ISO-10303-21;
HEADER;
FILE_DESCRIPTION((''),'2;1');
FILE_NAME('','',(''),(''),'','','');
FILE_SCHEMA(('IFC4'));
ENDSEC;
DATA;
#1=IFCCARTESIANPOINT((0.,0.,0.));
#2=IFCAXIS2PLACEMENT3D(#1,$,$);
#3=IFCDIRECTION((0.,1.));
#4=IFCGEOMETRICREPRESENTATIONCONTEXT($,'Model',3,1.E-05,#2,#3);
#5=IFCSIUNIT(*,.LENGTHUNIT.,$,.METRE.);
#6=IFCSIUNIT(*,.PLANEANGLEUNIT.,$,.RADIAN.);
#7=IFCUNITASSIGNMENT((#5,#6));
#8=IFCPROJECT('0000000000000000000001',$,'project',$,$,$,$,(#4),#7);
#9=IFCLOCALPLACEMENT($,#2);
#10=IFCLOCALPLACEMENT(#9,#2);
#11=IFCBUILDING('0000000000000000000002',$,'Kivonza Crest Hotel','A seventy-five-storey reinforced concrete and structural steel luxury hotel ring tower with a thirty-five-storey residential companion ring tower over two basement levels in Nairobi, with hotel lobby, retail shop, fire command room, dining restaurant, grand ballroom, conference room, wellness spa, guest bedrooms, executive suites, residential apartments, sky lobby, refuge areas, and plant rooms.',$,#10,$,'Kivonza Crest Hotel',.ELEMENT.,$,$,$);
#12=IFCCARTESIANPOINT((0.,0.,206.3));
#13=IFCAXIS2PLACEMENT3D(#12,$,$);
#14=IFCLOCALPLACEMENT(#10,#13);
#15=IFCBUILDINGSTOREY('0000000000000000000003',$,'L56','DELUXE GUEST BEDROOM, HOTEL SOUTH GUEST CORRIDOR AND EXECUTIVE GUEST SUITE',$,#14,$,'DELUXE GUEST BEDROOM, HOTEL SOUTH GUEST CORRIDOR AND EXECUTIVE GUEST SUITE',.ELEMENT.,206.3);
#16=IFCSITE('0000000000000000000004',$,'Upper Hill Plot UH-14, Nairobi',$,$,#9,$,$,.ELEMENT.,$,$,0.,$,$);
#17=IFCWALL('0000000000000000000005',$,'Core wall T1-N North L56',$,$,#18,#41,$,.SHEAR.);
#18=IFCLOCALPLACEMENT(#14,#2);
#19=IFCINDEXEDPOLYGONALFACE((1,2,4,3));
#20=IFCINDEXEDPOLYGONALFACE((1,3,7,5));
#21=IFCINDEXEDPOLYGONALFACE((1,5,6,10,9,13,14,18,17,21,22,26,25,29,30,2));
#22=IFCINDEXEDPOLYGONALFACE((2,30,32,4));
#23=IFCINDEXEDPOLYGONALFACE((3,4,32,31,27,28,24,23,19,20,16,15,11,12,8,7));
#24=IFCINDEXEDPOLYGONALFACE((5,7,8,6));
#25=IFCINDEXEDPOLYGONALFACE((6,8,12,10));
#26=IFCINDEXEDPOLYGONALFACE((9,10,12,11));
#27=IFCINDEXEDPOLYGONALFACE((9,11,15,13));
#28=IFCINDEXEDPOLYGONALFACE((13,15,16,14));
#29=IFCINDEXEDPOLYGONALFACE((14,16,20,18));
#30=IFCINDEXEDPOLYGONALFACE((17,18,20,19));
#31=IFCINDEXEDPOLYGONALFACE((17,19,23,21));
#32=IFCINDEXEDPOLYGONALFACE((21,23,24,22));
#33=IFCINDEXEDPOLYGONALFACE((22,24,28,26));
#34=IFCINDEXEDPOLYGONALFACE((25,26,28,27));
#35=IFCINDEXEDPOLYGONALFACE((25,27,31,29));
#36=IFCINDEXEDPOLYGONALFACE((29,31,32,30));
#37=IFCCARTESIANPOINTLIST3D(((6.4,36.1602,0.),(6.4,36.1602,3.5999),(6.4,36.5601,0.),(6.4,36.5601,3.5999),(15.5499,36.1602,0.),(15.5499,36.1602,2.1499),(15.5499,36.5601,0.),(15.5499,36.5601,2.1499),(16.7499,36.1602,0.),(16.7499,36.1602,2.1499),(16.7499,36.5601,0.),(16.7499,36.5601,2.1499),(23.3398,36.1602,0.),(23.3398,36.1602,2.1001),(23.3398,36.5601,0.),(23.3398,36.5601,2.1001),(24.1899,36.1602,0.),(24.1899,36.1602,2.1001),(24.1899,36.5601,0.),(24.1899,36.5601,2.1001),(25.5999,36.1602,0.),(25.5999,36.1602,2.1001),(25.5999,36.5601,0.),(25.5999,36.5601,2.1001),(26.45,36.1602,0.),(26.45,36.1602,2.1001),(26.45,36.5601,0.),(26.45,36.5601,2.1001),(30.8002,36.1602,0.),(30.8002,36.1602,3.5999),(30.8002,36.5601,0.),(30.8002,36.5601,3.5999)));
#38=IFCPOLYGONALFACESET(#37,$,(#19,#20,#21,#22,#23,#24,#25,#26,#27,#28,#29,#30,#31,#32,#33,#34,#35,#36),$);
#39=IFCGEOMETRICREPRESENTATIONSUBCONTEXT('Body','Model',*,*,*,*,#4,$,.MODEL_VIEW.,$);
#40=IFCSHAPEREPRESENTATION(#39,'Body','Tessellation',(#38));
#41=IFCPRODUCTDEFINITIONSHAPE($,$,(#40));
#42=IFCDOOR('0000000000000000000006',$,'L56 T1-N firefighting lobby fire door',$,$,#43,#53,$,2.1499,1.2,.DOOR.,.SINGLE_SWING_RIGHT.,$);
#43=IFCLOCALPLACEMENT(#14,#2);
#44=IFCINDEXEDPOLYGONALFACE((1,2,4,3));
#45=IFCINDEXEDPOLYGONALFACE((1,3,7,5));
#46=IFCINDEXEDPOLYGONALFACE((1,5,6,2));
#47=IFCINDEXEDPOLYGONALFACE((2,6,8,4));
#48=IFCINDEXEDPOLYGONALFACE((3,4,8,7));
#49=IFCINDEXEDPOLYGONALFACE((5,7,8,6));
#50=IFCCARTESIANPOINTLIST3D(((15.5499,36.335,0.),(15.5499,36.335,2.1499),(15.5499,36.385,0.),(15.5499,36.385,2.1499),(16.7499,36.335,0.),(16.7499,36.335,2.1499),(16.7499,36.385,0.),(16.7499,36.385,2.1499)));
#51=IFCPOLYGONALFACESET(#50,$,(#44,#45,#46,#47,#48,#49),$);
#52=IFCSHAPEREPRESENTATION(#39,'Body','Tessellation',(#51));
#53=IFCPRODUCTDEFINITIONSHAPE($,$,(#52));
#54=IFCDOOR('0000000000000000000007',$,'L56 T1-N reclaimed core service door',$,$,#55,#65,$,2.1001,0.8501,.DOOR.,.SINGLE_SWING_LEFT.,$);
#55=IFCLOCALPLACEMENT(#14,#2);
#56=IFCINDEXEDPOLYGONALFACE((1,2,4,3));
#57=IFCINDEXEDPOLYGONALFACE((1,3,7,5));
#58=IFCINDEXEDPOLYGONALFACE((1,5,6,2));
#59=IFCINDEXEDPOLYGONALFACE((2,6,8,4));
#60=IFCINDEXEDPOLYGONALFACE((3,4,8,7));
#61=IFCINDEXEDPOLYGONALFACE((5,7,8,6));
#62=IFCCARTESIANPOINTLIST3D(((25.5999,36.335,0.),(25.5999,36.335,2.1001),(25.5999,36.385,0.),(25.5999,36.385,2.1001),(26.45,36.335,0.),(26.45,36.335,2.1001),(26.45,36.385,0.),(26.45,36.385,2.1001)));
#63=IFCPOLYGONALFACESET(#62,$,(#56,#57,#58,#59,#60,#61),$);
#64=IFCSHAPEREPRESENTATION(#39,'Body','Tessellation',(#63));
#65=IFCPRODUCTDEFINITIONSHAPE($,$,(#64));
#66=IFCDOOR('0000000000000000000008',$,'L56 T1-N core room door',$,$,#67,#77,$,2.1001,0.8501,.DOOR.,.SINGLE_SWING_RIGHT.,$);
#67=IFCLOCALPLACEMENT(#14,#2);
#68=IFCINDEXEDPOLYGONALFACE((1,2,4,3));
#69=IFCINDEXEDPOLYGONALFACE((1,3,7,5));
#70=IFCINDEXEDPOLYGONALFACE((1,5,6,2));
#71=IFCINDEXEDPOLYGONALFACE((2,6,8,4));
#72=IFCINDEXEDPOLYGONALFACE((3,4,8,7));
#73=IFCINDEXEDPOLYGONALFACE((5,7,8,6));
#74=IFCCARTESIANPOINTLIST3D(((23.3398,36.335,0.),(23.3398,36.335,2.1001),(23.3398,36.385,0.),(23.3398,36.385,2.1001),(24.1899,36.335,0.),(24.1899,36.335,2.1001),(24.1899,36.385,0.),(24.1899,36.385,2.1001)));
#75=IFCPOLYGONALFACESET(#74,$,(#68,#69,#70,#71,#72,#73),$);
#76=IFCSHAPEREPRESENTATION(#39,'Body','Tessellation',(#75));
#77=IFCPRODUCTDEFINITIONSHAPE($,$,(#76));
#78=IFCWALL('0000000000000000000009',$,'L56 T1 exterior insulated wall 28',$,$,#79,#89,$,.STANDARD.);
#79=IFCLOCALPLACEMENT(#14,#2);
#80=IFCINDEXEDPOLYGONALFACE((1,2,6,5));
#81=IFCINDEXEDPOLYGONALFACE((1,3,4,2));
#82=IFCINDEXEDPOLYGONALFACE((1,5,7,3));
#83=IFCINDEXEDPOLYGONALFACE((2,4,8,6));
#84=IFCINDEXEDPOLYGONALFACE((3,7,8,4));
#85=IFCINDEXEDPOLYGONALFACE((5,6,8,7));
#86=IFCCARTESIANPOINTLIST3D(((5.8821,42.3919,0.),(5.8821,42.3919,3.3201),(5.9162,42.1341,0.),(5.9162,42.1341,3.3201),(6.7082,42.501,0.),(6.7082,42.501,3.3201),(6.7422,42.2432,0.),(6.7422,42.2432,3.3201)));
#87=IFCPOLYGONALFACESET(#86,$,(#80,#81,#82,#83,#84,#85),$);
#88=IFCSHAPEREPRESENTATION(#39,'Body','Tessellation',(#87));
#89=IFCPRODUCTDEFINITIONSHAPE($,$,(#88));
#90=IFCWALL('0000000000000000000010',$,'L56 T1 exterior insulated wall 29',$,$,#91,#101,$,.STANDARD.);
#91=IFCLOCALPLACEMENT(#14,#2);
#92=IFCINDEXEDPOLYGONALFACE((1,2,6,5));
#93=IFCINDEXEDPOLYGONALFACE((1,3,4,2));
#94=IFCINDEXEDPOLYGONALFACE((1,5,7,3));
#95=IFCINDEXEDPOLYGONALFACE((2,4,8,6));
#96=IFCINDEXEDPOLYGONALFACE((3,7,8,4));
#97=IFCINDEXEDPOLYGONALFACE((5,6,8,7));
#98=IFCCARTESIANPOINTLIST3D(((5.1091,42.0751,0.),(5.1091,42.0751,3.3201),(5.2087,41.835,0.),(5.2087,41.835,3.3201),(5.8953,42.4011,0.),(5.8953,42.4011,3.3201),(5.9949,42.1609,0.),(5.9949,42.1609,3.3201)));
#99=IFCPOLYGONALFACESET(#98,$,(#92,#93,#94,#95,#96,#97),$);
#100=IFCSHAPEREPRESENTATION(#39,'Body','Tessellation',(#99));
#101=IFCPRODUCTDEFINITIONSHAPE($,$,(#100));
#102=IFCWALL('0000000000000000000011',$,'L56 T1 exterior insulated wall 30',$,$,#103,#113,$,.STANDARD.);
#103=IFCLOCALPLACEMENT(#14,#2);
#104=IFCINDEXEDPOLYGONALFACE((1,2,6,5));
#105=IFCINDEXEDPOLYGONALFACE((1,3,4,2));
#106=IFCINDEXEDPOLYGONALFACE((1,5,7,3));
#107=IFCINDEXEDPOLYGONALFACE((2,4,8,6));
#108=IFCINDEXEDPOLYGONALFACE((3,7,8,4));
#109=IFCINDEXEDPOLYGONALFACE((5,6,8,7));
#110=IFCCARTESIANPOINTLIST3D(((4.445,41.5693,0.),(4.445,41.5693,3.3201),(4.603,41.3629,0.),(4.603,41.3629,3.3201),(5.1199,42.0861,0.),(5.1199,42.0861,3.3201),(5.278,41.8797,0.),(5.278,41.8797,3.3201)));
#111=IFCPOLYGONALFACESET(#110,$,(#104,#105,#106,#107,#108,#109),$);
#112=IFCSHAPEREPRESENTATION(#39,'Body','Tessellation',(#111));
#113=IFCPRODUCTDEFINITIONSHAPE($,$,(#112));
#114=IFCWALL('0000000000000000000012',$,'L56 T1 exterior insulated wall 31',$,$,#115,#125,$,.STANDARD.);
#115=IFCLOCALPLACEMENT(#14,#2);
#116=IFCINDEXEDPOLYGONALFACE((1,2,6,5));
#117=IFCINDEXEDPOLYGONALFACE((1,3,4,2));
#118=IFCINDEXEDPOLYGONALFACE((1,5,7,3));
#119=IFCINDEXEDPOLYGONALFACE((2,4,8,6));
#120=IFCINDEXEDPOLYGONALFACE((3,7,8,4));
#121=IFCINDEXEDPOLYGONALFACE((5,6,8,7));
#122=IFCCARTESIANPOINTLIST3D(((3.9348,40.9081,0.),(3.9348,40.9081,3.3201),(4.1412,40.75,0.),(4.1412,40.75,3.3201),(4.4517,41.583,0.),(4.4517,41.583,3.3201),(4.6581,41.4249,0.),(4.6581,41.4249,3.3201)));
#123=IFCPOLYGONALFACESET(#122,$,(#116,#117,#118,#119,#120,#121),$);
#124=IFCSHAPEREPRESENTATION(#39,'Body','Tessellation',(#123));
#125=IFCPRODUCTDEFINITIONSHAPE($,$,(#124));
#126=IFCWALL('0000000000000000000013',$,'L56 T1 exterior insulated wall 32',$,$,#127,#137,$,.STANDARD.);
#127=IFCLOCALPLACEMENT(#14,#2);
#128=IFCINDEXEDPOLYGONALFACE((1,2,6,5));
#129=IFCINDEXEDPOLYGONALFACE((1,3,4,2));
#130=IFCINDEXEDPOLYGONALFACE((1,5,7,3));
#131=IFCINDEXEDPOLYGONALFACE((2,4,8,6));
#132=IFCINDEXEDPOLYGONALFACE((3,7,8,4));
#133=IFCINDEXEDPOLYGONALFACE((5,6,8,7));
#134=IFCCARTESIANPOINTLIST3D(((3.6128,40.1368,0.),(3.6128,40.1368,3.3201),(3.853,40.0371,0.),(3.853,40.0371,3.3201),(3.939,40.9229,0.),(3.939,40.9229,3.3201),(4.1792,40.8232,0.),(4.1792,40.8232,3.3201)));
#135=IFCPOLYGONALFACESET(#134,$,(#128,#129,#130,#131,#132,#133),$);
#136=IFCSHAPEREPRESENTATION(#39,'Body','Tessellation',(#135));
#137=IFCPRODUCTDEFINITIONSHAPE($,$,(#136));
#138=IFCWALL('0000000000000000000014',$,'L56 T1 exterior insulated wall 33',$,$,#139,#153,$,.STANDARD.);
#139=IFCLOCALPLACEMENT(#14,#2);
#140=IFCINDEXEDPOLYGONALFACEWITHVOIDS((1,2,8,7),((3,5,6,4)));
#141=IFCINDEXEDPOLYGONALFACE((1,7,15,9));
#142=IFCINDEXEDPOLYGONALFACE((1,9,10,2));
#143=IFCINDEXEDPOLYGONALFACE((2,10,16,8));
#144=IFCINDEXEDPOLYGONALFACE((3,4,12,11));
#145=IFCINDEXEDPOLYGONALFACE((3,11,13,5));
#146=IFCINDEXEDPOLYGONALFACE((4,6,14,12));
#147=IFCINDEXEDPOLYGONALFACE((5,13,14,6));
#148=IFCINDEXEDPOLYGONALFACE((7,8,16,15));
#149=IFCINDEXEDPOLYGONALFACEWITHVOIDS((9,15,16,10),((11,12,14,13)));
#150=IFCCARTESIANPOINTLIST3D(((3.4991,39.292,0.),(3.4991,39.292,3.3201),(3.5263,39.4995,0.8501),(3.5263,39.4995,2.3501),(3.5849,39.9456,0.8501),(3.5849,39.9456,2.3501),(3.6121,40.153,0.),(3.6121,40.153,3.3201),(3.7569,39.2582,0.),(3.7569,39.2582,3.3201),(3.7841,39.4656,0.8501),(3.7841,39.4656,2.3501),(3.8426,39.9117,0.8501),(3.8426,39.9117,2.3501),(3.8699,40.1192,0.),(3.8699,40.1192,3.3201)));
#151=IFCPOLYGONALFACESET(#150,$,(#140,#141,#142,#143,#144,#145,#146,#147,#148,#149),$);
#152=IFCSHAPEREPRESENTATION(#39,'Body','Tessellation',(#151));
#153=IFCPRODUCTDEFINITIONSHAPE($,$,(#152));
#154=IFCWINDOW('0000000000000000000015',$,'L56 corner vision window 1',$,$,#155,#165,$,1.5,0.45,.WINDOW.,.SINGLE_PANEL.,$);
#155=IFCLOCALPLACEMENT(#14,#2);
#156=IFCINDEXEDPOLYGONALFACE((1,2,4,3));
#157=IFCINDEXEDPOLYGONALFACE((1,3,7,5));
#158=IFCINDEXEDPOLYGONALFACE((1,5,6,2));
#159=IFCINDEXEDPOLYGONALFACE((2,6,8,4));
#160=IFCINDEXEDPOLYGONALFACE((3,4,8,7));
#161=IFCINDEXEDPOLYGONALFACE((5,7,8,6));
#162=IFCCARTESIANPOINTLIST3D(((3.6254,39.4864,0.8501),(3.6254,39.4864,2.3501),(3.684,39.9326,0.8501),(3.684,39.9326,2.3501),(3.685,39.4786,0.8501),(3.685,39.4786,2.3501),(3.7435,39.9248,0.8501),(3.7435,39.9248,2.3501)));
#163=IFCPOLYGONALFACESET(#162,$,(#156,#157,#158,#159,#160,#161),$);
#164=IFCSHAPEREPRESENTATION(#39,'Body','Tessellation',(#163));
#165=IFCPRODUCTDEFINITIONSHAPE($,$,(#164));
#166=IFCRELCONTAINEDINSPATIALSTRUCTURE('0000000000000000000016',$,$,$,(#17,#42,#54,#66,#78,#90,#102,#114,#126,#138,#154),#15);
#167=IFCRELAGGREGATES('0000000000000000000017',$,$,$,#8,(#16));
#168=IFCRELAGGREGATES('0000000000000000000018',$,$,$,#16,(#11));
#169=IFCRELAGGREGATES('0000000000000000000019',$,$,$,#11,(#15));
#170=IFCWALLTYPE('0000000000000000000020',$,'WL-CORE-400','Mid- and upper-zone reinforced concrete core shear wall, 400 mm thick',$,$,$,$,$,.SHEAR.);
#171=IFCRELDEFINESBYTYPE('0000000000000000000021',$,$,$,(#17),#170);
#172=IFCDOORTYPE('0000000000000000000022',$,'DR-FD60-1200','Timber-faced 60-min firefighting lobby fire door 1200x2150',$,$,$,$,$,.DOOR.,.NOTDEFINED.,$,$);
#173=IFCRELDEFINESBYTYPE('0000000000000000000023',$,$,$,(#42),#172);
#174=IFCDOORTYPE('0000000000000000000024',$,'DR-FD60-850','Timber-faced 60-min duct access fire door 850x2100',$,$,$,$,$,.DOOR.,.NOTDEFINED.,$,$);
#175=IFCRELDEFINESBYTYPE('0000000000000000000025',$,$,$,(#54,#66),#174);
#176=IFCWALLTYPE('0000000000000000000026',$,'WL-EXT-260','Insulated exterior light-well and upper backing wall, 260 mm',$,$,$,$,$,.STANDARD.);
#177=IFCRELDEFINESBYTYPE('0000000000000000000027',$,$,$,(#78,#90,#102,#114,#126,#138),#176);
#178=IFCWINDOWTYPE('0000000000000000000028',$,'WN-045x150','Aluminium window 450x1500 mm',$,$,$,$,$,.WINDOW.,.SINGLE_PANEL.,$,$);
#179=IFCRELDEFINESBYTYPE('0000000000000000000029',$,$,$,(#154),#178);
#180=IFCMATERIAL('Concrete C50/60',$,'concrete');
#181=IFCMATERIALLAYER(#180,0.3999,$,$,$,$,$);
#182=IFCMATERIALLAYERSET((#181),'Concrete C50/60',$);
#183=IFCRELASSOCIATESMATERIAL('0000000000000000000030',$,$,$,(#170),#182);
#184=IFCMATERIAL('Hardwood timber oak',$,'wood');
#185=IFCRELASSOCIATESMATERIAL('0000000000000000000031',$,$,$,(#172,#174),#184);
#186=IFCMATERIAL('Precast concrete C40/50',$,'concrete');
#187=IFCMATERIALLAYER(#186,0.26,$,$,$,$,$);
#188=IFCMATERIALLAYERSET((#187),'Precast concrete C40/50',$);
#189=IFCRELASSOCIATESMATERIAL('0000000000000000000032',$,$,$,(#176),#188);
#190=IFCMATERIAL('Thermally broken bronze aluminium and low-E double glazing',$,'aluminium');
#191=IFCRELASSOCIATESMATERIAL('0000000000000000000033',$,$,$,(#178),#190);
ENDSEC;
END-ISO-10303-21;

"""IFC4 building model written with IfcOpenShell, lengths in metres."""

from ifc_helpers import new_model, si_unit, direction, frame, frame_2d, origin, place, context, subcontext, project, spatial, rectangle, extrude, material, layer, layer_set, type_object, element, fill, save


model = new_model("IFC4")

# Units and contexts
model_context = context("Model", 3, precision=1e-05, world=origin(), true_north=direction((0.0, 1.0)))
body_context = subcontext(model_context, "Body", "Model", "MODEL_VIEW")
ifc_project = project(units=[si_unit("LENGTHUNIT", "METRE"), si_unit("PLANEANGLEUNIT", "RADIAN")], contexts=[model_context])

# Site, building, storey
site_placement = place(None, origin())
site = spatial("IfcSite", under=ifc_project, at=site_placement, Name="Upper Hill Plot UH-14, Nairobi", CompositionType="ELEMENT", RefElevation=0.0)
building_placement = place(site_placement, origin())
building = spatial("IfcBuilding", under=site, at=building_placement, Name="Kivonza Crest Hotel", Description="A seventy-five-storey reinforced concrete and structural steel luxury hotel ring tower with a thirty-five-storey residential companion ring tower over two basement levels in Nairobi, with hotel lobby, retail shop, fire command room, dining restaurant, grand ballroom, conference room, wellness spa, guest bedrooms, executive suites, residential apartments, sky lobby, refuge areas, and plant rooms.", LongName="Kivonza Crest Hotel", CompositionType="ELEMENT")
storey_placement = place(building_placement, frame((0.0, 0.0, 206.3)))
storey = spatial("IfcBuildingStorey", under=building, at=storey_placement, Name="L56", Description="DELUXE GUEST BEDROOM, HOTEL SOUTH GUEST CORRIDOR AND EXECUTIVE GUEST SUITE", LongName="DELUXE GUEST BEDROOM, HOTEL SOUTH GUEST CORRIDOR AND EXECUTIVE GUEST SUITE", CompositionType="ELEMENT", Elevation=206.3)

# Shared definitions
ifc_material_1 = material(Name="Concrete C50/60", Category="concrete")

# Shared definitions
ifc_material_2 = material(Name="Hardwood timber oak", Category="wood")

# Wall, openings, doors
ifc_layer_1 = layer(ifc_material_1, 0.3999)
ifc_layer_set_1 = layer_set([ifc_layer_1], Name="Concrete C50/60")
wall_type_1 = type_object("IfcWallType", Name="WL-CORE-400", Description="Mid- and upper-zone reinforced concrete core shear wall, 400 mm thick", PredefinedType="SHEAR", material=ifc_layer_set_1)
wall_1_placement = place(storey_placement, frame((6.3999, 36.3601, 0.0), z_axis=(0.0, 0.0, 1.0), x_axis=(1.0, 0.0, 0.0)))
wall_1 = element("IfcWall", 1, at=wall_1_placement, inside=storey, type_object=wall_type_1, Name="Core wall T1-N North L56", PredefinedType="SHEAR", context=body_context, shape_type="SweptSolid", body=[
    extrude(rectangle(XDim=24.4001, YDim=0.3999, at=frame_2d((12.2002, 0.0))), origin(), (0.0, 0.0, 1.0), 3.5999),
])
opening_1_placement = place(wall_1_placement, frame((9.1499, 0.0, 0.0)))
opening_1 = element("IfcOpeningElement", 2, at=opening_1_placement, cuts=wall_1, PredefinedType="OPENING", context=body_context, shape_type="SweptSolid", body=[
    extrude(rectangle(XDim=1.2, YDim=2.1499, at=frame_2d((0.6001, 1.075))), frame((0.0, 0.21, 0.0), z_axis=(0.0, -1.0, 0.0), x_axis=(1.0, 0.0, 0.0)), (0.0, 0.0, 1.0), 0.4199),
])
opening_2_placement = place(wall_1_placement, frame((19.2, 0.0, 0.0)))
opening_2 = element("IfcOpeningElement", 3, at=opening_2_placement, cuts=wall_1, PredefinedType="OPENING", context=body_context, shape_type="SweptSolid", body=[
    extrude(rectangle(XDim=0.8501, YDim=2.1001, at=frame_2d((0.425, 1.05))), frame((0.0, 0.21, 0.0), z_axis=(0.0, -1.0, 0.0), x_axis=(1.0, 0.0, 0.0)), (0.0, 0.0, 1.0), 0.4199),
])
opening_3_placement = place(wall_1_placement, frame((16.9399, 0.0, 0.0)))
opening_3 = element("IfcOpeningElement", 4, at=opening_3_placement, cuts=wall_1, PredefinedType="OPENING", context=body_context, shape_type="SweptSolid", body=[
    extrude(rectangle(XDim=0.8501, YDim=2.1001, at=frame_2d((0.425, 1.05))), frame((0.0, 0.21, 0.0), z_axis=(0.0, -1.0, 0.0), x_axis=(1.0, 0.0, 0.0)), (0.0, 0.0, 1.0), 0.4199),
])
door_type_1 = type_object("IfcDoorType", Name="DR-FD60-1200", Description="Timber-faced 60-min firefighting lobby fire door 1200x2150", OperationType="NOTDEFINED", PredefinedType="DOOR", material=ifc_material_2)
door_1_placement = place(opening_1_placement, origin())
door_1 = element("IfcDoor", 5, at=door_1_placement, inside=storey, type_object=door_type_1, Name="L56 T1-N firefighting lobby fire door", OperationType="SINGLE_SWING_RIGHT", OverallHeight=2.1499, OverallWidth=1.2, PredefinedType="DOOR", context=body_context, shape_type="SweptSolid", body=[
    extrude(rectangle(XDim=1.2, YDim=2.1499, at=frame_2d((0.6001, 1.075))), frame((0.0, 0.0249, 0.0), z_axis=(0.0, -1.0, 0.0), x_axis=(1.0, 0.0, 0.0)), (0.0, 0.0, 1.0), 0.05),
])
fill(opening_1, door_1)
door_type_2 = type_object("IfcDoorType", Name="DR-FD60-850", Description="Timber-faced 60-min duct access fire door 850x2100", OperationType="NOTDEFINED", PredefinedType="DOOR", material=ifc_material_2)
door_2_placement = place(opening_2_placement, origin())
door_2 = element("IfcDoor", 6, at=door_2_placement, inside=storey, type_object=door_type_2, Name="L56 T1-N reclaimed core service door", OperationType="SINGLE_SWING_LEFT", OverallHeight=2.1001, OverallWidth=0.8501, PredefinedType="DOOR", context=body_context, shape_type="SweptSolid", body=[
    extrude(rectangle(XDim=0.8501, YDim=2.1001, at=frame_2d((0.425, 1.05))), frame((0.0, 0.0249, 0.0), z_axis=(0.0, -1.0, 0.0), x_axis=(1.0, 0.0, 0.0)), (0.0, 0.0, 1.0), 0.05),
])
fill(opening_2, door_2)
door_3_placement = place(opening_3_placement, origin())
door_3 = element("IfcDoor", 7, at=door_3_placement, inside=storey, type_object=door_type_2, Name="L56 T1-N core room door", OperationType="SINGLE_SWING_RIGHT", OverallHeight=2.1001, OverallWidth=0.8501, PredefinedType="DOOR", context=body_context, shape_type="SweptSolid", body=[
    extrude(rectangle(XDim=0.8501, YDim=2.1001, at=frame_2d((0.425, 1.05))), frame((0.0, 0.0249, 0.0), z_axis=(0.0, -1.0, 0.0), x_axis=(1.0, 0.0, 0.0)), (0.0, 0.0, 1.0), 0.05),
])
fill(opening_3, door_3)

# Walls
ifc_material_3 = material(Name="Precast concrete C40/50", Category="concrete")
ifc_layer_2 = layer(ifc_material_3, 0.26)
ifc_layer_set_2 = layer_set([ifc_layer_2], Name="Precast concrete C40/50")
wall_type_2 = type_object("IfcWallType", Name="WL-EXT-260", Description="Insulated exterior light-well and upper backing wall, 260 mm", PredefinedType="STANDARD", material=ifc_layer_set_2)
wall_2_placement = place(storey_placement, frame((6.7251, 42.3721, 0.0), z_axis=(0.0, 0.0, 1.0), x_axis=(-0.991388, -0.130955, 0.0)))
element("IfcWall", 8, at=wall_2_placement, inside=storey, type_object=wall_type_2, Name="L56 T1 exterior insulated wall 28", PredefinedType="STANDARD", context=body_context, shape_type="SweptSolid", body=[
    extrude(rectangle(XDim=0.8333, YDim=0.26, at=frame_2d((0.4165, 0.0))), origin(), (0.0, 0.0, 1.0), 3.3201),
])
wall_3_placement = place(storey_placement, frame((5.9451, 42.281, 0.0), z_axis=(0.0, 0.0, 1.0), x_axis=(-0.923754, -0.382985, 0.0)))
element("IfcWall", 9, at=wall_3_placement, inside=storey, type_object=wall_type_2, Name="L56 T1 exterior insulated wall 29", PredefinedType="STANDARD", context=body_context, shape_type="SweptSolid", body=[
    extrude(rectangle(XDim=0.8511, YDim=0.26, at=frame_2d((0.4255, 0.0))), origin(), (0.0, 0.0, 1.0), 3.3201),
])
for number, where, z_axis, x_axis, name in (
    (10, (5.199, 41.9829, 0.0), (0.0, 0.0, 1.0), (-0.793999, -0.607919, 0.0), "L56 T1 exterior insulated wall 30"),
    (11, (4.5549, 41.5039, 0.0), (0.0, 0.0, 1.0), (-0.608058, -0.793893, 0.0), "L56 T1 exterior insulated wall 31"),
):
    element("IfcWall", number, at=place(storey_placement, frame(where, z_axis=z_axis, x_axis=x_axis)), inside=storey, type_object=wall_type_2, Name=name, PredefinedType="STANDARD", context=body_context, shape_type="SweptSolid", body=[
        extrude(rectangle(XDim=0.8501, YDim=0.26, at=frame_2d((0.425, 0.0))), origin(), (0.0, 0.0, 1.0), 3.3201),
    ])
wall_4_placement = place(storey_placement, frame((4.0591, 40.873, 0.0), z_axis=(0.0, 0.0, 1.0), x_axis=(-0.38323, -0.923653, 0.0)))
element("IfcWall", 12, at=wall_4_placement, inside=storey, type_object=wall_type_2, Name="L56 T1 exterior insulated wall 32", PredefinedType="STANDARD", context=body_context, shape_type="SweptSolid", body=[
    extrude(rectangle(XDim=0.8511, YDim=0.26, at=frame_2d((0.4255, 0.0))), origin(), (0.0, 0.0, 1.0), 3.3201),
])

# Wall, opening, window
wall_5_placement = place(storey_placement, frame((3.741, 40.136, 0.0), z_axis=(0.0, 0.0, 1.0), x_axis=(-0.130156, -0.991493, 0.0)))
wall_5 = element("IfcWall", 13, at=wall_5_placement, inside=storey, type_object=wall_type_2, Name="L56 T1 exterior insulated wall 33", PredefinedType="STANDARD", context=body_context, shape_type="SweptSolid", body=[
    extrude(rectangle(XDim=0.8684, YDim=0.26, at=frame_2d((0.4341, 0.0))), origin(), (0.0, 0.0, 1.0), 3.3201),
])
opening_4_placement = place(wall_5_placement, frame((0.209, 0.0, 0.8501)))
opening_4 = element("IfcOpeningElement", 14, at=opening_4_placement, cuts=wall_5, PredefinedType="OPENING", context=body_context, shape_type="SweptSolid", body=[
    extrude(rectangle(XDim=0.45, YDim=1.5, at=frame_2d((0.2251, 0.75))), frame((0.0, 0.1401, 0.0), z_axis=(0.0, -1.0, 0.0), x_axis=(1.0, 0.0, 0.0)), (0.0, 0.0, 1.0), 0.28),
])
ifc_material_4 = material(Name="Thermally broken bronze aluminium and low-E double glazing", Category="aluminium")
window_type_1 = type_object("IfcWindowType", Name="WN-045x150", Description="Aluminium window 450x1500 mm", PartitioningType="SINGLE_PANEL", PredefinedType="WINDOW", material=ifc_material_4)
window_1_placement = place(opening_4_placement, origin())
window_1 = element("IfcWindow", 15, at=window_1_placement, inside=storey, type_object=window_type_1, Name="L56 corner vision window 1", OverallHeight=1.5, OverallWidth=0.45, PartitioningType="SINGLE_PANEL", PredefinedType="WINDOW", context=body_context, shape_type="SweptSolid", body=[
    extrude(rectangle(XDim=0.45, YDim=1.5, at=frame_2d((0.2251, 0.75))), frame((0.0, 0.03, 0.0), z_axis=(0.0, -1.0, 0.0), x_axis=(1.0, 0.0, 0.0)), (0.0, 0.0, 1.0), 0.0601),
])
fill(opening_4, window_1)

save(model, "model.ifc")
